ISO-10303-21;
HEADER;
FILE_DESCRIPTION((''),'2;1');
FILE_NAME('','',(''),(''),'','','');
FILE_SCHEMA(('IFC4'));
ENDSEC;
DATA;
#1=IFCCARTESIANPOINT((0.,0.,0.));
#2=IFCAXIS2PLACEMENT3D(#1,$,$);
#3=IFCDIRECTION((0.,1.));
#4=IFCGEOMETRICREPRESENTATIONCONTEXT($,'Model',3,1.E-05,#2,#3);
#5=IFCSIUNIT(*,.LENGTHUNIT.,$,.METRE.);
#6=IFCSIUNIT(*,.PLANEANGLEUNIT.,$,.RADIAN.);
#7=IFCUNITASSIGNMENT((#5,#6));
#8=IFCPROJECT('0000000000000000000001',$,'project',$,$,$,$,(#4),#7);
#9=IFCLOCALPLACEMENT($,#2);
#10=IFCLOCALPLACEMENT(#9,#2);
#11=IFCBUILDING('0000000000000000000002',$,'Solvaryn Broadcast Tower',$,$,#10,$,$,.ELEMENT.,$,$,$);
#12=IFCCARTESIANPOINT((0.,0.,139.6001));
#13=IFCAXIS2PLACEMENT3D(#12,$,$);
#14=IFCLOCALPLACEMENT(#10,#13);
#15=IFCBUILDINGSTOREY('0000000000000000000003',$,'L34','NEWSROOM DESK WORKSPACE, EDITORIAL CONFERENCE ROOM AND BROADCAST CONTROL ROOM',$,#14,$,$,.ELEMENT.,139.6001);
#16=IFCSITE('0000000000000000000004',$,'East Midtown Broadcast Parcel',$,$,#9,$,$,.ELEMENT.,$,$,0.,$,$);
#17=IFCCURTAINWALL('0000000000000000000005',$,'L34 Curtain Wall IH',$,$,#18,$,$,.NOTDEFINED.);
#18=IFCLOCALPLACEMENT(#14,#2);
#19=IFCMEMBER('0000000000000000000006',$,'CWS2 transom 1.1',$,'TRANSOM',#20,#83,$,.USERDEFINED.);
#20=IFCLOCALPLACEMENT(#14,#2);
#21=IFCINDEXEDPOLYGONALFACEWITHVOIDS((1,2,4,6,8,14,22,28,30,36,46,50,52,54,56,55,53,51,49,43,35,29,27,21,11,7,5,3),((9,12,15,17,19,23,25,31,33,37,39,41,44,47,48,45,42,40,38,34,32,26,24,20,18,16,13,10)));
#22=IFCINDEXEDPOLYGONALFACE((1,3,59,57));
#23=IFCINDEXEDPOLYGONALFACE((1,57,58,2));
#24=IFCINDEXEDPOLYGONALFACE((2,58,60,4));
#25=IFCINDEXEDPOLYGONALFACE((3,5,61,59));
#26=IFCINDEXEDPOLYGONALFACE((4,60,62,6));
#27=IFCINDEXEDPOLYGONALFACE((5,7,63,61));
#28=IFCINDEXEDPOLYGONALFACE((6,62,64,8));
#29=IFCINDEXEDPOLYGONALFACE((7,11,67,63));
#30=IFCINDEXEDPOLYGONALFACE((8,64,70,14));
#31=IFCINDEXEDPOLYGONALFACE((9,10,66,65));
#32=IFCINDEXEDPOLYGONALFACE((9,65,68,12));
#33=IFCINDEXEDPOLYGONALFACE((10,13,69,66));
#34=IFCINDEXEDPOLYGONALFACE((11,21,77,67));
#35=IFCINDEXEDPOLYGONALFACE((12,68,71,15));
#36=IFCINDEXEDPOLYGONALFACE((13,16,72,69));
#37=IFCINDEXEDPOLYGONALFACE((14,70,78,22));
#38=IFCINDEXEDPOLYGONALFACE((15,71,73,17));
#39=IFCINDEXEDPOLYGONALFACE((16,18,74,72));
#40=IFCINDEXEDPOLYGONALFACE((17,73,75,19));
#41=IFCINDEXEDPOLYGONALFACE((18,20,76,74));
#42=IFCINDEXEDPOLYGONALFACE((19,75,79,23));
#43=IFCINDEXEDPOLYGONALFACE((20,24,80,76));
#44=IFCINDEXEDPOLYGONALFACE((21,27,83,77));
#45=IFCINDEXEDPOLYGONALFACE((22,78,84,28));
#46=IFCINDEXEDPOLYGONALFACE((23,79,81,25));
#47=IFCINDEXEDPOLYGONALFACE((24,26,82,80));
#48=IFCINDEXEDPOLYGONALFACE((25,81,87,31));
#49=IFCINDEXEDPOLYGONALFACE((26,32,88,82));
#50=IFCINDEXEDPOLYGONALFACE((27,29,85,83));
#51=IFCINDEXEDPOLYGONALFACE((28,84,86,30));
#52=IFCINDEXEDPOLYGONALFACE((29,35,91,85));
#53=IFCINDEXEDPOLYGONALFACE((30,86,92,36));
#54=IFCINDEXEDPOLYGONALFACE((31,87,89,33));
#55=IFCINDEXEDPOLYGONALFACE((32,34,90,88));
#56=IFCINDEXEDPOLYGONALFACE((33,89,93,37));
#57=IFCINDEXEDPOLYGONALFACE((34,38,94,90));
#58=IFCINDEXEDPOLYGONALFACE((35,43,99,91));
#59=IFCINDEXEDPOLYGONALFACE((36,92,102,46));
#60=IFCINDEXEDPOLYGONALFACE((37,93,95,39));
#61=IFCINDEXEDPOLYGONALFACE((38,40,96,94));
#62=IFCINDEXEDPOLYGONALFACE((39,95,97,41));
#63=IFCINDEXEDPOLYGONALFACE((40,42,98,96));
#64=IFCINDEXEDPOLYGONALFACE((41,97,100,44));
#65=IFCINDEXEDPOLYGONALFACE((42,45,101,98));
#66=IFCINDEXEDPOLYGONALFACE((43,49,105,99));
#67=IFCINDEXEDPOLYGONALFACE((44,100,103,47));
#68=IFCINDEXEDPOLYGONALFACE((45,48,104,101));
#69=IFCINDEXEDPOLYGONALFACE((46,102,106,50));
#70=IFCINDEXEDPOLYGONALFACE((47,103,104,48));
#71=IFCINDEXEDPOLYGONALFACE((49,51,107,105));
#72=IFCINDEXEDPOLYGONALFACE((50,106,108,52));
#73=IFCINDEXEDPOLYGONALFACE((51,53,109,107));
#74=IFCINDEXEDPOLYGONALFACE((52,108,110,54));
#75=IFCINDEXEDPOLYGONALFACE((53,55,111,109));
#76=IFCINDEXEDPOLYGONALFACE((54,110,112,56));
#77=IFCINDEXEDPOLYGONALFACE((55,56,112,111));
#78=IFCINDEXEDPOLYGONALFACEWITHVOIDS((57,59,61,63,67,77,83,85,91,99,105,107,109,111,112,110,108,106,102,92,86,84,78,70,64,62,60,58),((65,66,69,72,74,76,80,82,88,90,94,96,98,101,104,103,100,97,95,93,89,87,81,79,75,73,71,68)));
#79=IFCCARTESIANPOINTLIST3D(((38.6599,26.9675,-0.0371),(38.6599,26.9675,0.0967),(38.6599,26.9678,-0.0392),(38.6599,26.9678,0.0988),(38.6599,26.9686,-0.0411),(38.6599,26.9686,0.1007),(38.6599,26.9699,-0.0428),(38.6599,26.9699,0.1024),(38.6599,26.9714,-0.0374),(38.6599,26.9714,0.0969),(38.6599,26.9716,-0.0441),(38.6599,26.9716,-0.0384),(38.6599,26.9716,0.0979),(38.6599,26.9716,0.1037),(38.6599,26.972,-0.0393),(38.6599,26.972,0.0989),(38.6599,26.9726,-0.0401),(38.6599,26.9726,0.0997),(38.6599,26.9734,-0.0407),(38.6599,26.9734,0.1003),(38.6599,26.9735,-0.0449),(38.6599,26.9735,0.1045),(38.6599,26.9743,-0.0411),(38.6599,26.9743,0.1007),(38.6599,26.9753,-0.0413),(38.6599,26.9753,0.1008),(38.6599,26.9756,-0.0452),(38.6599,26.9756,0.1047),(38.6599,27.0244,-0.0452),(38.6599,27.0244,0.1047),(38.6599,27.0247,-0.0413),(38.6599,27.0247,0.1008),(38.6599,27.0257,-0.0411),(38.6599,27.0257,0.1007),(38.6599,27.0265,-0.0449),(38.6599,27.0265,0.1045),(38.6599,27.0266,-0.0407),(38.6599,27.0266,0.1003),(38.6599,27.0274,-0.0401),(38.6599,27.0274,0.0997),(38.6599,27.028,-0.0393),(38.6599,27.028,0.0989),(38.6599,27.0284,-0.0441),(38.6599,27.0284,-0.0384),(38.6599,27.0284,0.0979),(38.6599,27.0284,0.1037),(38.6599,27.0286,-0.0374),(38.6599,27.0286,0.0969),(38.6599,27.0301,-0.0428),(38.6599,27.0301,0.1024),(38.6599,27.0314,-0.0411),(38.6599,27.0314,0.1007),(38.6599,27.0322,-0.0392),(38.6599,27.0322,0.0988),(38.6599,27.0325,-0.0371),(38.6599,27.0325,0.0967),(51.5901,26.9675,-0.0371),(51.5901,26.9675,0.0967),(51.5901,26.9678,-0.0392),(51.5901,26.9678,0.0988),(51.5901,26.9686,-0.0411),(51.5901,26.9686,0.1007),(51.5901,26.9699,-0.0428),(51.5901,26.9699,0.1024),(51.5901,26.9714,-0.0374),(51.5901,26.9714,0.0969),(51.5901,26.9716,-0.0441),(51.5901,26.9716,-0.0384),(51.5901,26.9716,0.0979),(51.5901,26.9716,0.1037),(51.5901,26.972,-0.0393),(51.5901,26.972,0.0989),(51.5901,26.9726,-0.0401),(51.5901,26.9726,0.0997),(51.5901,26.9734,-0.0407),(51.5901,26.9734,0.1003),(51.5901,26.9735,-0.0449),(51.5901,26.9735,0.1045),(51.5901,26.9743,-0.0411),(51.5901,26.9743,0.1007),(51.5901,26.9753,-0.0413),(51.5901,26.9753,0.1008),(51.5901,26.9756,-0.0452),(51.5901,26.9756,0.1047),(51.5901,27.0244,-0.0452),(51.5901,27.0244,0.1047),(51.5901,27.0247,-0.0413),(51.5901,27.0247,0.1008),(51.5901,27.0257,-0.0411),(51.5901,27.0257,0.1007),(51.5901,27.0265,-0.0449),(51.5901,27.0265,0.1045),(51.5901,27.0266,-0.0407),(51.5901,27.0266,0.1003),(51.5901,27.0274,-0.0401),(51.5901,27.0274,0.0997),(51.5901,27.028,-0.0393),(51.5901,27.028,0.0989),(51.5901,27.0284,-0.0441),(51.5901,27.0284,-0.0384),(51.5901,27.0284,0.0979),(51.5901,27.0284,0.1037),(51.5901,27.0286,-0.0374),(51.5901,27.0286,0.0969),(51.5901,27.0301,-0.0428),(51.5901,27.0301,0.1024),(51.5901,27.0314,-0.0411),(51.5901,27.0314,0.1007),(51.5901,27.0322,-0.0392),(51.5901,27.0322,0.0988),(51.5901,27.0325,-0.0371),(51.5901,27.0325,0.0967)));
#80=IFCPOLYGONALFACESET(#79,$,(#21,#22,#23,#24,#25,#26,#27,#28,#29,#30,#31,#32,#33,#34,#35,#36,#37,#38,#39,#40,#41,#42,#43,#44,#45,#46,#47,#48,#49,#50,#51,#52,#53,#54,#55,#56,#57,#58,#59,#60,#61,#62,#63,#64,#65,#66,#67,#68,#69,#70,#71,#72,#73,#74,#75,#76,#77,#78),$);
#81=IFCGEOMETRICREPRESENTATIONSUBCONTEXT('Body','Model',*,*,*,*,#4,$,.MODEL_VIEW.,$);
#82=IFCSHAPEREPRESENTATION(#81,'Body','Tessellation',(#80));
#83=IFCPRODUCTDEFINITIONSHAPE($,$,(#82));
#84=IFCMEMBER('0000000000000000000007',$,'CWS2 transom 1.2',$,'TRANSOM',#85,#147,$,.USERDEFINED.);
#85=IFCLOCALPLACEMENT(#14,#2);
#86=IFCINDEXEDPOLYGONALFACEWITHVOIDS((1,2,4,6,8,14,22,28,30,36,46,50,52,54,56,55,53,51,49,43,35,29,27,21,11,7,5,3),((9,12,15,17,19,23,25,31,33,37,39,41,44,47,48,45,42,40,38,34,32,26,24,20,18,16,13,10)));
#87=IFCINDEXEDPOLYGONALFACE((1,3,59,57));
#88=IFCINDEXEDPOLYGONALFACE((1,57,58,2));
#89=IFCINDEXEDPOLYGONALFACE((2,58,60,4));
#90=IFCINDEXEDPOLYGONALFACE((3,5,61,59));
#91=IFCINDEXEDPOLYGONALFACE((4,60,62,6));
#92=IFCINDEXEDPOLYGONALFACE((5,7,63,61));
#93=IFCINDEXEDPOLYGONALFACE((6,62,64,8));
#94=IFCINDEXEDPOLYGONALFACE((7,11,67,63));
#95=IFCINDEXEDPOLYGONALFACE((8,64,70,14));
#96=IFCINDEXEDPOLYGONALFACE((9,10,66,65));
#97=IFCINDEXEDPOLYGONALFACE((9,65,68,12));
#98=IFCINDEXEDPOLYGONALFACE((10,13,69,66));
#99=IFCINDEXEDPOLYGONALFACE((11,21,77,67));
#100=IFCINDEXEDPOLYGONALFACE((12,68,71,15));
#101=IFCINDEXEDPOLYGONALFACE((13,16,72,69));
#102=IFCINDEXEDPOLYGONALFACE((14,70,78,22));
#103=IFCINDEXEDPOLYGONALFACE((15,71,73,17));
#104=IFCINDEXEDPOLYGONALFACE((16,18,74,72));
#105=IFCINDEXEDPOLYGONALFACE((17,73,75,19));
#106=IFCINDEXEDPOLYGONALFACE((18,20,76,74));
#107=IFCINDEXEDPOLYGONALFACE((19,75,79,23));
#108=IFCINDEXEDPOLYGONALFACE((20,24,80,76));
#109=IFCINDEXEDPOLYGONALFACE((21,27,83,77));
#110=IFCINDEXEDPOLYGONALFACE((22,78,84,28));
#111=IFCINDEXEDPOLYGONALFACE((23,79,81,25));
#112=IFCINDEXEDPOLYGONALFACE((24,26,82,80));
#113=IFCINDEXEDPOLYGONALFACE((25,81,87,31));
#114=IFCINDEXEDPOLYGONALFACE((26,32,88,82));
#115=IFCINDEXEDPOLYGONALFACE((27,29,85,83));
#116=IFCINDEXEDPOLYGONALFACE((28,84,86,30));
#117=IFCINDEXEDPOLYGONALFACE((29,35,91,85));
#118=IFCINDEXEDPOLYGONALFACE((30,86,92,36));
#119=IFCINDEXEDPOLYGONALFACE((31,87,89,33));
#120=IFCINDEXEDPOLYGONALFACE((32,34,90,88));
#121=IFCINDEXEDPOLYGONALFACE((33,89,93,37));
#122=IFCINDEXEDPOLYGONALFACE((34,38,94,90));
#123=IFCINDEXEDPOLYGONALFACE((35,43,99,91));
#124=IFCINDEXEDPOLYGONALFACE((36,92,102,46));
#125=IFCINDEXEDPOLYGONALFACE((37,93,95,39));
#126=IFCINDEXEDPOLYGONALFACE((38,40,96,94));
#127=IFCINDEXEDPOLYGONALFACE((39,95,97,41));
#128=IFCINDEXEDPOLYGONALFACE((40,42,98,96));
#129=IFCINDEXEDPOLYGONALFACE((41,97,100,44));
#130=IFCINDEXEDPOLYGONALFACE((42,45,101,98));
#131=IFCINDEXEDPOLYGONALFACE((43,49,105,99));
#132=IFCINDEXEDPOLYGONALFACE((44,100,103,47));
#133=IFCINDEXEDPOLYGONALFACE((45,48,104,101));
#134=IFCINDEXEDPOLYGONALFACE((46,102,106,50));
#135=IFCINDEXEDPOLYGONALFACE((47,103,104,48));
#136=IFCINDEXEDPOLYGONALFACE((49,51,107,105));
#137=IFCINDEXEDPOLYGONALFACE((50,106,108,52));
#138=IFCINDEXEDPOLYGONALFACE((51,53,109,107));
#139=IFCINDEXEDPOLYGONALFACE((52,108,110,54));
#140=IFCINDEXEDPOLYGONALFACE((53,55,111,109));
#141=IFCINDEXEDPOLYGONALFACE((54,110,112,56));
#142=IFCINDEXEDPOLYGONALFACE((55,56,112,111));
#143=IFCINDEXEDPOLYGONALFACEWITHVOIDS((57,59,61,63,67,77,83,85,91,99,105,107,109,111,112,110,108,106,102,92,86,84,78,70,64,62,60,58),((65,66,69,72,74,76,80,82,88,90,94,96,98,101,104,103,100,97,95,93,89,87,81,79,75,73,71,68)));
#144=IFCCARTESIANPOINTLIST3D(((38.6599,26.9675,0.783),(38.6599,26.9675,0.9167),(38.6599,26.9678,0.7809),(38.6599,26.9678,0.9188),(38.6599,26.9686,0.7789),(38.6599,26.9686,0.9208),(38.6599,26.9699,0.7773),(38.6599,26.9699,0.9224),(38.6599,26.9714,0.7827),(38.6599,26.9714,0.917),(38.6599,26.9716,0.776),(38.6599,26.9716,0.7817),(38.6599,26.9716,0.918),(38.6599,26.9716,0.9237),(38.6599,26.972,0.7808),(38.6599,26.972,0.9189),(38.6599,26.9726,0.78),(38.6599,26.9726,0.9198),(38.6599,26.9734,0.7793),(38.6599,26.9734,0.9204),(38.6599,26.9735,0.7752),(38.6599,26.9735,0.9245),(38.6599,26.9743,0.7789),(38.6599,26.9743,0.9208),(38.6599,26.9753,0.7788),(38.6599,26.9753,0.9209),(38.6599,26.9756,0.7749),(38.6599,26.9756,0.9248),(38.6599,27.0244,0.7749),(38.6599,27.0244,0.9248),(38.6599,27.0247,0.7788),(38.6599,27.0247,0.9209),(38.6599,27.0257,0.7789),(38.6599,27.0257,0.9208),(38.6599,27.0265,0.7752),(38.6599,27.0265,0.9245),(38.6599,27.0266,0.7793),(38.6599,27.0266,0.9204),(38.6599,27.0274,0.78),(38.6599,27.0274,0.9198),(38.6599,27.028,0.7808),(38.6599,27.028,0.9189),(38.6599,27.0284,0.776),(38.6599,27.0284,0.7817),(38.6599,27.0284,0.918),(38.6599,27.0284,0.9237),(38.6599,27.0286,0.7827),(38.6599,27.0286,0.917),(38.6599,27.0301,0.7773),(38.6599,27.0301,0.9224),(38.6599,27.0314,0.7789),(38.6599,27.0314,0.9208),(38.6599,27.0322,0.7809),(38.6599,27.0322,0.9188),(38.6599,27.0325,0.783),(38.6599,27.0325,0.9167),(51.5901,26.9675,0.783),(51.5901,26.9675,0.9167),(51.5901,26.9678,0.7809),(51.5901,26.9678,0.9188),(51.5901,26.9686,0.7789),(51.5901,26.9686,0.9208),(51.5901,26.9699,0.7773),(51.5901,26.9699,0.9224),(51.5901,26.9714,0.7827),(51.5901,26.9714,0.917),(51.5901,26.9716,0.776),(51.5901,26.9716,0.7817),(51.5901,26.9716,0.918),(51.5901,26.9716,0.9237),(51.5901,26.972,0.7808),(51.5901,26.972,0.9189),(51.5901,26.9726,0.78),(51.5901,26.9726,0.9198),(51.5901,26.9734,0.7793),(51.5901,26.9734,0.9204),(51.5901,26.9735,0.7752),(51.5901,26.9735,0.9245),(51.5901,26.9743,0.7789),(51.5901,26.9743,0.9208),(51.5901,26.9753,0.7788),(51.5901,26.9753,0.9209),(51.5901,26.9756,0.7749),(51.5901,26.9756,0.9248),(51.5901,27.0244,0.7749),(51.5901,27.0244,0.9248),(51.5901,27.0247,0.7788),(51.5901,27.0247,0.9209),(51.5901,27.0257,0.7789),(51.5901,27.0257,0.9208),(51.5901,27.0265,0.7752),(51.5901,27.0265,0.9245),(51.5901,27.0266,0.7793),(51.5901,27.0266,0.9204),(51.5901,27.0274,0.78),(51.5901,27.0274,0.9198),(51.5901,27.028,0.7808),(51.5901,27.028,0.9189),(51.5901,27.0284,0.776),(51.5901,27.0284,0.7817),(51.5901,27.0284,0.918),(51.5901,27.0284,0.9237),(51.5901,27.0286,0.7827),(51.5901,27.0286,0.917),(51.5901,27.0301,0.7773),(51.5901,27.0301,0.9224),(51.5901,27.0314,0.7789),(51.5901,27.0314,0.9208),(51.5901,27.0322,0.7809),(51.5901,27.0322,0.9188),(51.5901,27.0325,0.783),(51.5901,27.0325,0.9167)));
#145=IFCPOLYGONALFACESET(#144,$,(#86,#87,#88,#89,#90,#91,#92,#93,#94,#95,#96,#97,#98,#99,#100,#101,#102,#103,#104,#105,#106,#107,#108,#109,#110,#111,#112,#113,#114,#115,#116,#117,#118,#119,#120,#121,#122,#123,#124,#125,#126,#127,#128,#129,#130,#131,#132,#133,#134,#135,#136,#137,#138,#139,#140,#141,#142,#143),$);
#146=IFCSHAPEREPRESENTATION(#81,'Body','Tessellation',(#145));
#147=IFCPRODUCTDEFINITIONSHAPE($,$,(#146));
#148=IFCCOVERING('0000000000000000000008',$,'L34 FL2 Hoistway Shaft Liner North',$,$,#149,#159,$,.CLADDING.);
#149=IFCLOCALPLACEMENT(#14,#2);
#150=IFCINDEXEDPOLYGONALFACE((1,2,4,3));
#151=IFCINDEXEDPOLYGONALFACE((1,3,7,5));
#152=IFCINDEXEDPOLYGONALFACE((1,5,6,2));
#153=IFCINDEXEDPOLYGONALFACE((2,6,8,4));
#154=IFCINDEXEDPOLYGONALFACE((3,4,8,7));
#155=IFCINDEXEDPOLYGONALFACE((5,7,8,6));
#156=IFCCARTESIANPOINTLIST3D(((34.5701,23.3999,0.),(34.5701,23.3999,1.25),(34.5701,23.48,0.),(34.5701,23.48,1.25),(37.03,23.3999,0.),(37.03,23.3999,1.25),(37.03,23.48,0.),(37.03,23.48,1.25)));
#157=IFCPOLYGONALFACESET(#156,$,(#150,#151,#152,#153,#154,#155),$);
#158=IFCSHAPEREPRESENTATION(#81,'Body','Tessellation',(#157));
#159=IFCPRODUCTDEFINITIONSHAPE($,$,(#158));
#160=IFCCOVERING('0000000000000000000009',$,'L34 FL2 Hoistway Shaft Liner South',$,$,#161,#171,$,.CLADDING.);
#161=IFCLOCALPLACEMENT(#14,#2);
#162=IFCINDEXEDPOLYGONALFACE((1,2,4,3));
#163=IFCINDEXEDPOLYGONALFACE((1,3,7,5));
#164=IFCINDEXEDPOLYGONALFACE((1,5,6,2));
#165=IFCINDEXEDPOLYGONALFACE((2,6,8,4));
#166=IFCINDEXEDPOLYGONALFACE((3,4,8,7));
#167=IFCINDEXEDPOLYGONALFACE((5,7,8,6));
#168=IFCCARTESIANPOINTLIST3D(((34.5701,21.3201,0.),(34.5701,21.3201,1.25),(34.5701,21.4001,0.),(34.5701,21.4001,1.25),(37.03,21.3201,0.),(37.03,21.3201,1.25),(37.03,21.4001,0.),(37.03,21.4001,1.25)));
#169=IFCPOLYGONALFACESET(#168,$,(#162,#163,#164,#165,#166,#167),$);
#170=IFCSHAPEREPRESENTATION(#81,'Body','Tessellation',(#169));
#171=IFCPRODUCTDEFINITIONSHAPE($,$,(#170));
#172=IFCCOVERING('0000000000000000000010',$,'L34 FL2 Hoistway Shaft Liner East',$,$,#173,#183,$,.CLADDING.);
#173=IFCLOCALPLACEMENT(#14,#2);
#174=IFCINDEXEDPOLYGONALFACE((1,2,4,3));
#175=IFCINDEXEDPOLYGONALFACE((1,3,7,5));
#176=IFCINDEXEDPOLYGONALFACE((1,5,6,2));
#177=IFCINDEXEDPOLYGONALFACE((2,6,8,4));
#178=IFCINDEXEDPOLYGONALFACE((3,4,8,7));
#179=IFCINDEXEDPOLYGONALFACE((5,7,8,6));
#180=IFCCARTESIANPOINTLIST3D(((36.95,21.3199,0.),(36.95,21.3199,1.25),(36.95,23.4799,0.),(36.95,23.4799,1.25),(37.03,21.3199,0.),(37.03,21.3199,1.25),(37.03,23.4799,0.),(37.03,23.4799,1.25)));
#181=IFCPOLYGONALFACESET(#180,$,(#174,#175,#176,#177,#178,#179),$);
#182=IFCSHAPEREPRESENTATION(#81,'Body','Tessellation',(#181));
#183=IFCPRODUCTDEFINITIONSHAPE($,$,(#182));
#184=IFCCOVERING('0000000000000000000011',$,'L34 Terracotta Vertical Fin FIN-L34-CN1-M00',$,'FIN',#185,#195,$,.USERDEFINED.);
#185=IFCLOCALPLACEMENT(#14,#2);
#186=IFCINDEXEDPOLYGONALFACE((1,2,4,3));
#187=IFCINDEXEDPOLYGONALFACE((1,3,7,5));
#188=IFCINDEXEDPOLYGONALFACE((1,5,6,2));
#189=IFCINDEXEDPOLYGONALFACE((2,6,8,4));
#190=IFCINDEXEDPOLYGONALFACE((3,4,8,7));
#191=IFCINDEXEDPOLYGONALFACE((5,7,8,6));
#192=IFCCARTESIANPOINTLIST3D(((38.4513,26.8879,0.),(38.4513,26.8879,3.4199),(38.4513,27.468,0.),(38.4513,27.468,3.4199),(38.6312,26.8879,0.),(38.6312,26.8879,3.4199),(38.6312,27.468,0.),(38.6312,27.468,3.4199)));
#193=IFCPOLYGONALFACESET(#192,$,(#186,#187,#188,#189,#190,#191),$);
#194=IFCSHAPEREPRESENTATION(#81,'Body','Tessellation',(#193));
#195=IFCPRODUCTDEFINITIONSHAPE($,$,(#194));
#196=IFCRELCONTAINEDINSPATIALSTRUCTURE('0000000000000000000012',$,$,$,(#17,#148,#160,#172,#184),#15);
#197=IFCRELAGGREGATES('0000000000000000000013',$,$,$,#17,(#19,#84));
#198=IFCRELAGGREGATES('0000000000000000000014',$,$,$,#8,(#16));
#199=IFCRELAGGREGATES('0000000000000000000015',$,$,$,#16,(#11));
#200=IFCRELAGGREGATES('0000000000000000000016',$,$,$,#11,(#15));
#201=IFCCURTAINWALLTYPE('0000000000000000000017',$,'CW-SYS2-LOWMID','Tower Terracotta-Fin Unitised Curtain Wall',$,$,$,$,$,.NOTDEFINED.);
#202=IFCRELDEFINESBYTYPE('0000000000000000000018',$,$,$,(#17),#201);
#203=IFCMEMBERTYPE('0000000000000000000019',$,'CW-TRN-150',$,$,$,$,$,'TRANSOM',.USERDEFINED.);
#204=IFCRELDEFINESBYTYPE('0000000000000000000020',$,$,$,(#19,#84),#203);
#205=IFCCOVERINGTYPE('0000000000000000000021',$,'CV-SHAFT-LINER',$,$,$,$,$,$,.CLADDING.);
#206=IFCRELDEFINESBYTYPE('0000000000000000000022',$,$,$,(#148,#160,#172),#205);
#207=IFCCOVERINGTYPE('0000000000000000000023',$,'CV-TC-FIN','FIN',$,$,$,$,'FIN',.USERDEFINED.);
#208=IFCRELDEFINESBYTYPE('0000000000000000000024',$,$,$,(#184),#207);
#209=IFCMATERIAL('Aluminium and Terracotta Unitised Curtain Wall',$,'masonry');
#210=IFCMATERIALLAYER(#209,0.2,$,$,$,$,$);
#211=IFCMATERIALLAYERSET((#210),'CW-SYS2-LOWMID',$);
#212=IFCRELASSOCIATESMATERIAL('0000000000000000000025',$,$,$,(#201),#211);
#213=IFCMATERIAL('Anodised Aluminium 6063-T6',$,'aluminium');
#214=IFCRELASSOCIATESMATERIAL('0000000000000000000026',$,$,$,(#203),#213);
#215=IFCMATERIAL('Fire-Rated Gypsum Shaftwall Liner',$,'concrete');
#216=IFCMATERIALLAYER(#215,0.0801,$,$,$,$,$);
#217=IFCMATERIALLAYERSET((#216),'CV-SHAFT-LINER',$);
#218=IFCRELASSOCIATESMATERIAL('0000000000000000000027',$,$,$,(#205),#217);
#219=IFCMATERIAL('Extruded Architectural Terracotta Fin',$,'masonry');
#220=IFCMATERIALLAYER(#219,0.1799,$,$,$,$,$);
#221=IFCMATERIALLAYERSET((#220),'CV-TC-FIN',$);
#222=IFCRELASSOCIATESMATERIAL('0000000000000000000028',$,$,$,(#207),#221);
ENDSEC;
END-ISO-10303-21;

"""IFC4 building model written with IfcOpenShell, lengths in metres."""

from ifc_helpers import new_model, si_unit, direction, frame, origin, origin_2d, place, context, subcontext, project, spatial, rectangle, hollow_rectangle, extrude, material, layer, layer_set, material_profile, profile_set, type_object, element, aggregate, save


model = new_model("IFC4")

# Units and contexts
model_context = context("Model", 3, precision=1e-05, world=origin(), true_north=direction((0.0, 1.0)))
body_context = subcontext(model_context, "Body", "Model", "MODEL_VIEW")
ifc_project = project(units=[si_unit("LENGTHUNIT", "METRE"), si_unit("PLANEANGLEUNIT", "RADIAN")], contexts=[model_context])

# Site, building, storey
site_placement = place(None, origin())
site = spatial("IfcSite", under=ifc_project, at=site_placement, Name="East Midtown Broadcast Parcel", CompositionType="ELEMENT", RefElevation=0.0)
building_placement = place(site_placement, origin())
building = spatial("IfcBuilding", under=site, at=building_placement, Name="Solvaryn Broadcast Tower", CompositionType="ELEMENT")
storey_placement = place(building_placement, frame((0.0, 0.0, 139.6001)))
storey = spatial("IfcBuildingStorey", under=building, at=storey_placement, Name="L34", Description="NEWSROOM DESK WORKSPACE, EDITORIAL CONFERENCE ROOM AND BROADCAST CONTROL ROOM", CompositionType="ELEMENT", Elevation=139.6001)

# Curtain wall
ifc_material_1 = material(Name="Aluminium and Terracotta Unitised Curtain Wall", Category="masonry")
ifc_layer_1 = layer(ifc_material_1, 0.2)
ifc_layer_set_1 = layer_set([ifc_layer_1], Name="CW-SYS2-LOWMID")
curtain_wall_type = type_object("IfcCurtainWallType", Name="CW-SYS2-LOWMID", Description="Tower Terracotta-Fin Unitised Curtain Wall", PredefinedType="NOTDEFINED", material=ifc_layer_set_1)
curtain_wall_1_placement = place(storey_placement, origin())
curtain_wall_1 = element("IfcCurtainWall", 1, at=curtain_wall_1_placement, inside=storey, type_object=curtain_wall_type, Name="L34 Curtain Wall IH", PredefinedType="NOTDEFINED")

# Members
ifc_material_2 = material(Name="Anodised Aluminium 6063-T6", Category="aluminium")
ifc_material_profile_1 = material_profile(ifc_material_2, hollow_rectangle(XDim=0.0649, YDim=0.1499, WallThickness=0.0039, InnerFilletRadius=0.0039, OuterFilletRadius=0.0081, at=origin_2d()))
ifc_profile_set_1 = profile_set([ifc_material_profile_1], Name="Anodised Aluminium 6063-T6")
member_type_1 = type_object("IfcMemberType", Name="CW-TRN-150", ElementType="TRANSOM", PredefinedType="USERDEFINED", material=ifc_profile_set_1)
member_1_placement = place(storey_placement, frame((38.6599, 27.0, 0.0298), z_axis=(1.0, 0.0, 0.0), x_axis=(0.0, 1.0, 0.0)))
member_1 = element("IfcMember", 2, at=member_1_placement, type_object=member_type_1, Name="CWS2 transom 1.1", ObjectType="TRANSOM", PredefinedType="USERDEFINED", context=body_context, shape_type="SweptSolid", body=[
    extrude(hollow_rectangle(XDim=0.0649, YDim=0.1499, WallThickness=0.0039, InnerFilletRadius=0.0039, OuterFilletRadius=0.0081, at=origin_2d()), origin(), (0.0, 0.0, 1.0), 12.9302),
])
member_2_placement = place(storey_placement, frame((38.6599, 27.0, 0.8499), z_axis=(1.0, 0.0, 0.0), x_axis=(0.0, 1.0, 0.0)))
member_2 = element("IfcMember", 3, at=member_2_placement, type_object=member_type_1, Name="CWS2 transom 1.2", ObjectType="TRANSOM", PredefinedType="USERDEFINED", context=body_context, shape_type="SweptSolid", body=[
    extrude(hollow_rectangle(XDim=0.0649, YDim=0.1499, WallThickness=0.0039, InnerFilletRadius=0.0039, OuterFilletRadius=0.0081, at=origin_2d()), origin(), (0.0, 0.0, 1.0), 12.9302),
])
aggregate(curtain_wall_1, [member_1, member_2])

# Coverings
ifc_material_3 = material(Name="Fire-Rated Gypsum Shaftwall Liner", Category="concrete")
ifc_layer_2 = layer(ifc_material_3, 0.0801)
ifc_layer_set_2 = layer_set([ifc_layer_2], Name="CV-SHAFT-LINER")
covering_type_1 = type_object("IfcCoveringType", Name="CV-SHAFT-LINER", PredefinedType="CLADDING", material=ifc_layer_set_2)
for number, where, z_axis, x_axis, name in (
    (4, (35.8, 23.4399, 0.0), (0.0, 0.0, 1.0), (1.0, 0.0, 0.0), "L34 FL2 Hoistway Shaft Liner North"),
    (5, (35.8, 21.3601, 0.0), (0.0, 0.0, 1.0), (1.0, 0.0, 0.0), "L34 FL2 Hoistway Shaft Liner South"),
):
    element("IfcCovering", number, at=place(storey_placement, frame(where, z_axis=z_axis, x_axis=x_axis)), inside=storey, type_object=covering_type_1, Name=name, PredefinedType="CLADDING", context=body_context, shape_type="SweptSolid", body=[
        extrude(rectangle(XDim=2.46, YDim=0.0801, at=origin_2d()), origin(), (0.0, 0.0, 1.0), 1.25),
    ])
covering_placement = place(storey_placement, frame((36.99, 22.3999, 0.0), z_axis=(0.0, 0.0, 1.0), x_axis=(1.0, 0.0, 0.0)))
element("IfcCovering", 6, at=covering_placement, inside=storey, type_object=covering_type_1, Name="L34 FL2 Hoistway Shaft Liner East", PredefinedType="CLADDING", context=body_context, shape_type="SweptSolid", body=[
    extrude(rectangle(XDim=0.0801, YDim=2.1599, at=origin_2d()), origin(), (0.0, 0.0, 1.0), 1.25),
])
ifc_material_4 = material(Name="Extruded Architectural Terracotta Fin", Category="masonry")
ifc_layer_3 = layer(ifc_material_4, 0.1799)
ifc_layer_set_3 = layer_set([ifc_layer_3], Name="CV-TC-FIN")
covering_type_2 = type_object("IfcCoveringType", Name="CV-TC-FIN", Description="FIN", ElementType="FIN", PredefinedType="USERDEFINED", material=ifc_layer_set_3)
for number, where, z_axis, x_axis, name in (
    (7, (38.5413, 27.178, 0.0), (0.0, 0.0, 1.0), (1.0, 0.0, 0.0), "L34 Terracotta Vertical Fin FIN-L34-CN1-M00"),
):
    element("IfcCovering", number, at=place(storey_placement, frame(where, z_axis=z_axis, x_axis=x_axis)), inside=storey, type_object=covering_type_2, Name=name, ObjectType="FIN", PredefinedType="USERDEFINED", context=body_context, shape_type="SweptSolid", body=[
        extrude(rectangle(XDim=0.1799, YDim=0.5801, at=origin_2d()), origin(), (0.0, 0.0, 1.0), 3.4199),
    ])

save(model, "model.ifc")
